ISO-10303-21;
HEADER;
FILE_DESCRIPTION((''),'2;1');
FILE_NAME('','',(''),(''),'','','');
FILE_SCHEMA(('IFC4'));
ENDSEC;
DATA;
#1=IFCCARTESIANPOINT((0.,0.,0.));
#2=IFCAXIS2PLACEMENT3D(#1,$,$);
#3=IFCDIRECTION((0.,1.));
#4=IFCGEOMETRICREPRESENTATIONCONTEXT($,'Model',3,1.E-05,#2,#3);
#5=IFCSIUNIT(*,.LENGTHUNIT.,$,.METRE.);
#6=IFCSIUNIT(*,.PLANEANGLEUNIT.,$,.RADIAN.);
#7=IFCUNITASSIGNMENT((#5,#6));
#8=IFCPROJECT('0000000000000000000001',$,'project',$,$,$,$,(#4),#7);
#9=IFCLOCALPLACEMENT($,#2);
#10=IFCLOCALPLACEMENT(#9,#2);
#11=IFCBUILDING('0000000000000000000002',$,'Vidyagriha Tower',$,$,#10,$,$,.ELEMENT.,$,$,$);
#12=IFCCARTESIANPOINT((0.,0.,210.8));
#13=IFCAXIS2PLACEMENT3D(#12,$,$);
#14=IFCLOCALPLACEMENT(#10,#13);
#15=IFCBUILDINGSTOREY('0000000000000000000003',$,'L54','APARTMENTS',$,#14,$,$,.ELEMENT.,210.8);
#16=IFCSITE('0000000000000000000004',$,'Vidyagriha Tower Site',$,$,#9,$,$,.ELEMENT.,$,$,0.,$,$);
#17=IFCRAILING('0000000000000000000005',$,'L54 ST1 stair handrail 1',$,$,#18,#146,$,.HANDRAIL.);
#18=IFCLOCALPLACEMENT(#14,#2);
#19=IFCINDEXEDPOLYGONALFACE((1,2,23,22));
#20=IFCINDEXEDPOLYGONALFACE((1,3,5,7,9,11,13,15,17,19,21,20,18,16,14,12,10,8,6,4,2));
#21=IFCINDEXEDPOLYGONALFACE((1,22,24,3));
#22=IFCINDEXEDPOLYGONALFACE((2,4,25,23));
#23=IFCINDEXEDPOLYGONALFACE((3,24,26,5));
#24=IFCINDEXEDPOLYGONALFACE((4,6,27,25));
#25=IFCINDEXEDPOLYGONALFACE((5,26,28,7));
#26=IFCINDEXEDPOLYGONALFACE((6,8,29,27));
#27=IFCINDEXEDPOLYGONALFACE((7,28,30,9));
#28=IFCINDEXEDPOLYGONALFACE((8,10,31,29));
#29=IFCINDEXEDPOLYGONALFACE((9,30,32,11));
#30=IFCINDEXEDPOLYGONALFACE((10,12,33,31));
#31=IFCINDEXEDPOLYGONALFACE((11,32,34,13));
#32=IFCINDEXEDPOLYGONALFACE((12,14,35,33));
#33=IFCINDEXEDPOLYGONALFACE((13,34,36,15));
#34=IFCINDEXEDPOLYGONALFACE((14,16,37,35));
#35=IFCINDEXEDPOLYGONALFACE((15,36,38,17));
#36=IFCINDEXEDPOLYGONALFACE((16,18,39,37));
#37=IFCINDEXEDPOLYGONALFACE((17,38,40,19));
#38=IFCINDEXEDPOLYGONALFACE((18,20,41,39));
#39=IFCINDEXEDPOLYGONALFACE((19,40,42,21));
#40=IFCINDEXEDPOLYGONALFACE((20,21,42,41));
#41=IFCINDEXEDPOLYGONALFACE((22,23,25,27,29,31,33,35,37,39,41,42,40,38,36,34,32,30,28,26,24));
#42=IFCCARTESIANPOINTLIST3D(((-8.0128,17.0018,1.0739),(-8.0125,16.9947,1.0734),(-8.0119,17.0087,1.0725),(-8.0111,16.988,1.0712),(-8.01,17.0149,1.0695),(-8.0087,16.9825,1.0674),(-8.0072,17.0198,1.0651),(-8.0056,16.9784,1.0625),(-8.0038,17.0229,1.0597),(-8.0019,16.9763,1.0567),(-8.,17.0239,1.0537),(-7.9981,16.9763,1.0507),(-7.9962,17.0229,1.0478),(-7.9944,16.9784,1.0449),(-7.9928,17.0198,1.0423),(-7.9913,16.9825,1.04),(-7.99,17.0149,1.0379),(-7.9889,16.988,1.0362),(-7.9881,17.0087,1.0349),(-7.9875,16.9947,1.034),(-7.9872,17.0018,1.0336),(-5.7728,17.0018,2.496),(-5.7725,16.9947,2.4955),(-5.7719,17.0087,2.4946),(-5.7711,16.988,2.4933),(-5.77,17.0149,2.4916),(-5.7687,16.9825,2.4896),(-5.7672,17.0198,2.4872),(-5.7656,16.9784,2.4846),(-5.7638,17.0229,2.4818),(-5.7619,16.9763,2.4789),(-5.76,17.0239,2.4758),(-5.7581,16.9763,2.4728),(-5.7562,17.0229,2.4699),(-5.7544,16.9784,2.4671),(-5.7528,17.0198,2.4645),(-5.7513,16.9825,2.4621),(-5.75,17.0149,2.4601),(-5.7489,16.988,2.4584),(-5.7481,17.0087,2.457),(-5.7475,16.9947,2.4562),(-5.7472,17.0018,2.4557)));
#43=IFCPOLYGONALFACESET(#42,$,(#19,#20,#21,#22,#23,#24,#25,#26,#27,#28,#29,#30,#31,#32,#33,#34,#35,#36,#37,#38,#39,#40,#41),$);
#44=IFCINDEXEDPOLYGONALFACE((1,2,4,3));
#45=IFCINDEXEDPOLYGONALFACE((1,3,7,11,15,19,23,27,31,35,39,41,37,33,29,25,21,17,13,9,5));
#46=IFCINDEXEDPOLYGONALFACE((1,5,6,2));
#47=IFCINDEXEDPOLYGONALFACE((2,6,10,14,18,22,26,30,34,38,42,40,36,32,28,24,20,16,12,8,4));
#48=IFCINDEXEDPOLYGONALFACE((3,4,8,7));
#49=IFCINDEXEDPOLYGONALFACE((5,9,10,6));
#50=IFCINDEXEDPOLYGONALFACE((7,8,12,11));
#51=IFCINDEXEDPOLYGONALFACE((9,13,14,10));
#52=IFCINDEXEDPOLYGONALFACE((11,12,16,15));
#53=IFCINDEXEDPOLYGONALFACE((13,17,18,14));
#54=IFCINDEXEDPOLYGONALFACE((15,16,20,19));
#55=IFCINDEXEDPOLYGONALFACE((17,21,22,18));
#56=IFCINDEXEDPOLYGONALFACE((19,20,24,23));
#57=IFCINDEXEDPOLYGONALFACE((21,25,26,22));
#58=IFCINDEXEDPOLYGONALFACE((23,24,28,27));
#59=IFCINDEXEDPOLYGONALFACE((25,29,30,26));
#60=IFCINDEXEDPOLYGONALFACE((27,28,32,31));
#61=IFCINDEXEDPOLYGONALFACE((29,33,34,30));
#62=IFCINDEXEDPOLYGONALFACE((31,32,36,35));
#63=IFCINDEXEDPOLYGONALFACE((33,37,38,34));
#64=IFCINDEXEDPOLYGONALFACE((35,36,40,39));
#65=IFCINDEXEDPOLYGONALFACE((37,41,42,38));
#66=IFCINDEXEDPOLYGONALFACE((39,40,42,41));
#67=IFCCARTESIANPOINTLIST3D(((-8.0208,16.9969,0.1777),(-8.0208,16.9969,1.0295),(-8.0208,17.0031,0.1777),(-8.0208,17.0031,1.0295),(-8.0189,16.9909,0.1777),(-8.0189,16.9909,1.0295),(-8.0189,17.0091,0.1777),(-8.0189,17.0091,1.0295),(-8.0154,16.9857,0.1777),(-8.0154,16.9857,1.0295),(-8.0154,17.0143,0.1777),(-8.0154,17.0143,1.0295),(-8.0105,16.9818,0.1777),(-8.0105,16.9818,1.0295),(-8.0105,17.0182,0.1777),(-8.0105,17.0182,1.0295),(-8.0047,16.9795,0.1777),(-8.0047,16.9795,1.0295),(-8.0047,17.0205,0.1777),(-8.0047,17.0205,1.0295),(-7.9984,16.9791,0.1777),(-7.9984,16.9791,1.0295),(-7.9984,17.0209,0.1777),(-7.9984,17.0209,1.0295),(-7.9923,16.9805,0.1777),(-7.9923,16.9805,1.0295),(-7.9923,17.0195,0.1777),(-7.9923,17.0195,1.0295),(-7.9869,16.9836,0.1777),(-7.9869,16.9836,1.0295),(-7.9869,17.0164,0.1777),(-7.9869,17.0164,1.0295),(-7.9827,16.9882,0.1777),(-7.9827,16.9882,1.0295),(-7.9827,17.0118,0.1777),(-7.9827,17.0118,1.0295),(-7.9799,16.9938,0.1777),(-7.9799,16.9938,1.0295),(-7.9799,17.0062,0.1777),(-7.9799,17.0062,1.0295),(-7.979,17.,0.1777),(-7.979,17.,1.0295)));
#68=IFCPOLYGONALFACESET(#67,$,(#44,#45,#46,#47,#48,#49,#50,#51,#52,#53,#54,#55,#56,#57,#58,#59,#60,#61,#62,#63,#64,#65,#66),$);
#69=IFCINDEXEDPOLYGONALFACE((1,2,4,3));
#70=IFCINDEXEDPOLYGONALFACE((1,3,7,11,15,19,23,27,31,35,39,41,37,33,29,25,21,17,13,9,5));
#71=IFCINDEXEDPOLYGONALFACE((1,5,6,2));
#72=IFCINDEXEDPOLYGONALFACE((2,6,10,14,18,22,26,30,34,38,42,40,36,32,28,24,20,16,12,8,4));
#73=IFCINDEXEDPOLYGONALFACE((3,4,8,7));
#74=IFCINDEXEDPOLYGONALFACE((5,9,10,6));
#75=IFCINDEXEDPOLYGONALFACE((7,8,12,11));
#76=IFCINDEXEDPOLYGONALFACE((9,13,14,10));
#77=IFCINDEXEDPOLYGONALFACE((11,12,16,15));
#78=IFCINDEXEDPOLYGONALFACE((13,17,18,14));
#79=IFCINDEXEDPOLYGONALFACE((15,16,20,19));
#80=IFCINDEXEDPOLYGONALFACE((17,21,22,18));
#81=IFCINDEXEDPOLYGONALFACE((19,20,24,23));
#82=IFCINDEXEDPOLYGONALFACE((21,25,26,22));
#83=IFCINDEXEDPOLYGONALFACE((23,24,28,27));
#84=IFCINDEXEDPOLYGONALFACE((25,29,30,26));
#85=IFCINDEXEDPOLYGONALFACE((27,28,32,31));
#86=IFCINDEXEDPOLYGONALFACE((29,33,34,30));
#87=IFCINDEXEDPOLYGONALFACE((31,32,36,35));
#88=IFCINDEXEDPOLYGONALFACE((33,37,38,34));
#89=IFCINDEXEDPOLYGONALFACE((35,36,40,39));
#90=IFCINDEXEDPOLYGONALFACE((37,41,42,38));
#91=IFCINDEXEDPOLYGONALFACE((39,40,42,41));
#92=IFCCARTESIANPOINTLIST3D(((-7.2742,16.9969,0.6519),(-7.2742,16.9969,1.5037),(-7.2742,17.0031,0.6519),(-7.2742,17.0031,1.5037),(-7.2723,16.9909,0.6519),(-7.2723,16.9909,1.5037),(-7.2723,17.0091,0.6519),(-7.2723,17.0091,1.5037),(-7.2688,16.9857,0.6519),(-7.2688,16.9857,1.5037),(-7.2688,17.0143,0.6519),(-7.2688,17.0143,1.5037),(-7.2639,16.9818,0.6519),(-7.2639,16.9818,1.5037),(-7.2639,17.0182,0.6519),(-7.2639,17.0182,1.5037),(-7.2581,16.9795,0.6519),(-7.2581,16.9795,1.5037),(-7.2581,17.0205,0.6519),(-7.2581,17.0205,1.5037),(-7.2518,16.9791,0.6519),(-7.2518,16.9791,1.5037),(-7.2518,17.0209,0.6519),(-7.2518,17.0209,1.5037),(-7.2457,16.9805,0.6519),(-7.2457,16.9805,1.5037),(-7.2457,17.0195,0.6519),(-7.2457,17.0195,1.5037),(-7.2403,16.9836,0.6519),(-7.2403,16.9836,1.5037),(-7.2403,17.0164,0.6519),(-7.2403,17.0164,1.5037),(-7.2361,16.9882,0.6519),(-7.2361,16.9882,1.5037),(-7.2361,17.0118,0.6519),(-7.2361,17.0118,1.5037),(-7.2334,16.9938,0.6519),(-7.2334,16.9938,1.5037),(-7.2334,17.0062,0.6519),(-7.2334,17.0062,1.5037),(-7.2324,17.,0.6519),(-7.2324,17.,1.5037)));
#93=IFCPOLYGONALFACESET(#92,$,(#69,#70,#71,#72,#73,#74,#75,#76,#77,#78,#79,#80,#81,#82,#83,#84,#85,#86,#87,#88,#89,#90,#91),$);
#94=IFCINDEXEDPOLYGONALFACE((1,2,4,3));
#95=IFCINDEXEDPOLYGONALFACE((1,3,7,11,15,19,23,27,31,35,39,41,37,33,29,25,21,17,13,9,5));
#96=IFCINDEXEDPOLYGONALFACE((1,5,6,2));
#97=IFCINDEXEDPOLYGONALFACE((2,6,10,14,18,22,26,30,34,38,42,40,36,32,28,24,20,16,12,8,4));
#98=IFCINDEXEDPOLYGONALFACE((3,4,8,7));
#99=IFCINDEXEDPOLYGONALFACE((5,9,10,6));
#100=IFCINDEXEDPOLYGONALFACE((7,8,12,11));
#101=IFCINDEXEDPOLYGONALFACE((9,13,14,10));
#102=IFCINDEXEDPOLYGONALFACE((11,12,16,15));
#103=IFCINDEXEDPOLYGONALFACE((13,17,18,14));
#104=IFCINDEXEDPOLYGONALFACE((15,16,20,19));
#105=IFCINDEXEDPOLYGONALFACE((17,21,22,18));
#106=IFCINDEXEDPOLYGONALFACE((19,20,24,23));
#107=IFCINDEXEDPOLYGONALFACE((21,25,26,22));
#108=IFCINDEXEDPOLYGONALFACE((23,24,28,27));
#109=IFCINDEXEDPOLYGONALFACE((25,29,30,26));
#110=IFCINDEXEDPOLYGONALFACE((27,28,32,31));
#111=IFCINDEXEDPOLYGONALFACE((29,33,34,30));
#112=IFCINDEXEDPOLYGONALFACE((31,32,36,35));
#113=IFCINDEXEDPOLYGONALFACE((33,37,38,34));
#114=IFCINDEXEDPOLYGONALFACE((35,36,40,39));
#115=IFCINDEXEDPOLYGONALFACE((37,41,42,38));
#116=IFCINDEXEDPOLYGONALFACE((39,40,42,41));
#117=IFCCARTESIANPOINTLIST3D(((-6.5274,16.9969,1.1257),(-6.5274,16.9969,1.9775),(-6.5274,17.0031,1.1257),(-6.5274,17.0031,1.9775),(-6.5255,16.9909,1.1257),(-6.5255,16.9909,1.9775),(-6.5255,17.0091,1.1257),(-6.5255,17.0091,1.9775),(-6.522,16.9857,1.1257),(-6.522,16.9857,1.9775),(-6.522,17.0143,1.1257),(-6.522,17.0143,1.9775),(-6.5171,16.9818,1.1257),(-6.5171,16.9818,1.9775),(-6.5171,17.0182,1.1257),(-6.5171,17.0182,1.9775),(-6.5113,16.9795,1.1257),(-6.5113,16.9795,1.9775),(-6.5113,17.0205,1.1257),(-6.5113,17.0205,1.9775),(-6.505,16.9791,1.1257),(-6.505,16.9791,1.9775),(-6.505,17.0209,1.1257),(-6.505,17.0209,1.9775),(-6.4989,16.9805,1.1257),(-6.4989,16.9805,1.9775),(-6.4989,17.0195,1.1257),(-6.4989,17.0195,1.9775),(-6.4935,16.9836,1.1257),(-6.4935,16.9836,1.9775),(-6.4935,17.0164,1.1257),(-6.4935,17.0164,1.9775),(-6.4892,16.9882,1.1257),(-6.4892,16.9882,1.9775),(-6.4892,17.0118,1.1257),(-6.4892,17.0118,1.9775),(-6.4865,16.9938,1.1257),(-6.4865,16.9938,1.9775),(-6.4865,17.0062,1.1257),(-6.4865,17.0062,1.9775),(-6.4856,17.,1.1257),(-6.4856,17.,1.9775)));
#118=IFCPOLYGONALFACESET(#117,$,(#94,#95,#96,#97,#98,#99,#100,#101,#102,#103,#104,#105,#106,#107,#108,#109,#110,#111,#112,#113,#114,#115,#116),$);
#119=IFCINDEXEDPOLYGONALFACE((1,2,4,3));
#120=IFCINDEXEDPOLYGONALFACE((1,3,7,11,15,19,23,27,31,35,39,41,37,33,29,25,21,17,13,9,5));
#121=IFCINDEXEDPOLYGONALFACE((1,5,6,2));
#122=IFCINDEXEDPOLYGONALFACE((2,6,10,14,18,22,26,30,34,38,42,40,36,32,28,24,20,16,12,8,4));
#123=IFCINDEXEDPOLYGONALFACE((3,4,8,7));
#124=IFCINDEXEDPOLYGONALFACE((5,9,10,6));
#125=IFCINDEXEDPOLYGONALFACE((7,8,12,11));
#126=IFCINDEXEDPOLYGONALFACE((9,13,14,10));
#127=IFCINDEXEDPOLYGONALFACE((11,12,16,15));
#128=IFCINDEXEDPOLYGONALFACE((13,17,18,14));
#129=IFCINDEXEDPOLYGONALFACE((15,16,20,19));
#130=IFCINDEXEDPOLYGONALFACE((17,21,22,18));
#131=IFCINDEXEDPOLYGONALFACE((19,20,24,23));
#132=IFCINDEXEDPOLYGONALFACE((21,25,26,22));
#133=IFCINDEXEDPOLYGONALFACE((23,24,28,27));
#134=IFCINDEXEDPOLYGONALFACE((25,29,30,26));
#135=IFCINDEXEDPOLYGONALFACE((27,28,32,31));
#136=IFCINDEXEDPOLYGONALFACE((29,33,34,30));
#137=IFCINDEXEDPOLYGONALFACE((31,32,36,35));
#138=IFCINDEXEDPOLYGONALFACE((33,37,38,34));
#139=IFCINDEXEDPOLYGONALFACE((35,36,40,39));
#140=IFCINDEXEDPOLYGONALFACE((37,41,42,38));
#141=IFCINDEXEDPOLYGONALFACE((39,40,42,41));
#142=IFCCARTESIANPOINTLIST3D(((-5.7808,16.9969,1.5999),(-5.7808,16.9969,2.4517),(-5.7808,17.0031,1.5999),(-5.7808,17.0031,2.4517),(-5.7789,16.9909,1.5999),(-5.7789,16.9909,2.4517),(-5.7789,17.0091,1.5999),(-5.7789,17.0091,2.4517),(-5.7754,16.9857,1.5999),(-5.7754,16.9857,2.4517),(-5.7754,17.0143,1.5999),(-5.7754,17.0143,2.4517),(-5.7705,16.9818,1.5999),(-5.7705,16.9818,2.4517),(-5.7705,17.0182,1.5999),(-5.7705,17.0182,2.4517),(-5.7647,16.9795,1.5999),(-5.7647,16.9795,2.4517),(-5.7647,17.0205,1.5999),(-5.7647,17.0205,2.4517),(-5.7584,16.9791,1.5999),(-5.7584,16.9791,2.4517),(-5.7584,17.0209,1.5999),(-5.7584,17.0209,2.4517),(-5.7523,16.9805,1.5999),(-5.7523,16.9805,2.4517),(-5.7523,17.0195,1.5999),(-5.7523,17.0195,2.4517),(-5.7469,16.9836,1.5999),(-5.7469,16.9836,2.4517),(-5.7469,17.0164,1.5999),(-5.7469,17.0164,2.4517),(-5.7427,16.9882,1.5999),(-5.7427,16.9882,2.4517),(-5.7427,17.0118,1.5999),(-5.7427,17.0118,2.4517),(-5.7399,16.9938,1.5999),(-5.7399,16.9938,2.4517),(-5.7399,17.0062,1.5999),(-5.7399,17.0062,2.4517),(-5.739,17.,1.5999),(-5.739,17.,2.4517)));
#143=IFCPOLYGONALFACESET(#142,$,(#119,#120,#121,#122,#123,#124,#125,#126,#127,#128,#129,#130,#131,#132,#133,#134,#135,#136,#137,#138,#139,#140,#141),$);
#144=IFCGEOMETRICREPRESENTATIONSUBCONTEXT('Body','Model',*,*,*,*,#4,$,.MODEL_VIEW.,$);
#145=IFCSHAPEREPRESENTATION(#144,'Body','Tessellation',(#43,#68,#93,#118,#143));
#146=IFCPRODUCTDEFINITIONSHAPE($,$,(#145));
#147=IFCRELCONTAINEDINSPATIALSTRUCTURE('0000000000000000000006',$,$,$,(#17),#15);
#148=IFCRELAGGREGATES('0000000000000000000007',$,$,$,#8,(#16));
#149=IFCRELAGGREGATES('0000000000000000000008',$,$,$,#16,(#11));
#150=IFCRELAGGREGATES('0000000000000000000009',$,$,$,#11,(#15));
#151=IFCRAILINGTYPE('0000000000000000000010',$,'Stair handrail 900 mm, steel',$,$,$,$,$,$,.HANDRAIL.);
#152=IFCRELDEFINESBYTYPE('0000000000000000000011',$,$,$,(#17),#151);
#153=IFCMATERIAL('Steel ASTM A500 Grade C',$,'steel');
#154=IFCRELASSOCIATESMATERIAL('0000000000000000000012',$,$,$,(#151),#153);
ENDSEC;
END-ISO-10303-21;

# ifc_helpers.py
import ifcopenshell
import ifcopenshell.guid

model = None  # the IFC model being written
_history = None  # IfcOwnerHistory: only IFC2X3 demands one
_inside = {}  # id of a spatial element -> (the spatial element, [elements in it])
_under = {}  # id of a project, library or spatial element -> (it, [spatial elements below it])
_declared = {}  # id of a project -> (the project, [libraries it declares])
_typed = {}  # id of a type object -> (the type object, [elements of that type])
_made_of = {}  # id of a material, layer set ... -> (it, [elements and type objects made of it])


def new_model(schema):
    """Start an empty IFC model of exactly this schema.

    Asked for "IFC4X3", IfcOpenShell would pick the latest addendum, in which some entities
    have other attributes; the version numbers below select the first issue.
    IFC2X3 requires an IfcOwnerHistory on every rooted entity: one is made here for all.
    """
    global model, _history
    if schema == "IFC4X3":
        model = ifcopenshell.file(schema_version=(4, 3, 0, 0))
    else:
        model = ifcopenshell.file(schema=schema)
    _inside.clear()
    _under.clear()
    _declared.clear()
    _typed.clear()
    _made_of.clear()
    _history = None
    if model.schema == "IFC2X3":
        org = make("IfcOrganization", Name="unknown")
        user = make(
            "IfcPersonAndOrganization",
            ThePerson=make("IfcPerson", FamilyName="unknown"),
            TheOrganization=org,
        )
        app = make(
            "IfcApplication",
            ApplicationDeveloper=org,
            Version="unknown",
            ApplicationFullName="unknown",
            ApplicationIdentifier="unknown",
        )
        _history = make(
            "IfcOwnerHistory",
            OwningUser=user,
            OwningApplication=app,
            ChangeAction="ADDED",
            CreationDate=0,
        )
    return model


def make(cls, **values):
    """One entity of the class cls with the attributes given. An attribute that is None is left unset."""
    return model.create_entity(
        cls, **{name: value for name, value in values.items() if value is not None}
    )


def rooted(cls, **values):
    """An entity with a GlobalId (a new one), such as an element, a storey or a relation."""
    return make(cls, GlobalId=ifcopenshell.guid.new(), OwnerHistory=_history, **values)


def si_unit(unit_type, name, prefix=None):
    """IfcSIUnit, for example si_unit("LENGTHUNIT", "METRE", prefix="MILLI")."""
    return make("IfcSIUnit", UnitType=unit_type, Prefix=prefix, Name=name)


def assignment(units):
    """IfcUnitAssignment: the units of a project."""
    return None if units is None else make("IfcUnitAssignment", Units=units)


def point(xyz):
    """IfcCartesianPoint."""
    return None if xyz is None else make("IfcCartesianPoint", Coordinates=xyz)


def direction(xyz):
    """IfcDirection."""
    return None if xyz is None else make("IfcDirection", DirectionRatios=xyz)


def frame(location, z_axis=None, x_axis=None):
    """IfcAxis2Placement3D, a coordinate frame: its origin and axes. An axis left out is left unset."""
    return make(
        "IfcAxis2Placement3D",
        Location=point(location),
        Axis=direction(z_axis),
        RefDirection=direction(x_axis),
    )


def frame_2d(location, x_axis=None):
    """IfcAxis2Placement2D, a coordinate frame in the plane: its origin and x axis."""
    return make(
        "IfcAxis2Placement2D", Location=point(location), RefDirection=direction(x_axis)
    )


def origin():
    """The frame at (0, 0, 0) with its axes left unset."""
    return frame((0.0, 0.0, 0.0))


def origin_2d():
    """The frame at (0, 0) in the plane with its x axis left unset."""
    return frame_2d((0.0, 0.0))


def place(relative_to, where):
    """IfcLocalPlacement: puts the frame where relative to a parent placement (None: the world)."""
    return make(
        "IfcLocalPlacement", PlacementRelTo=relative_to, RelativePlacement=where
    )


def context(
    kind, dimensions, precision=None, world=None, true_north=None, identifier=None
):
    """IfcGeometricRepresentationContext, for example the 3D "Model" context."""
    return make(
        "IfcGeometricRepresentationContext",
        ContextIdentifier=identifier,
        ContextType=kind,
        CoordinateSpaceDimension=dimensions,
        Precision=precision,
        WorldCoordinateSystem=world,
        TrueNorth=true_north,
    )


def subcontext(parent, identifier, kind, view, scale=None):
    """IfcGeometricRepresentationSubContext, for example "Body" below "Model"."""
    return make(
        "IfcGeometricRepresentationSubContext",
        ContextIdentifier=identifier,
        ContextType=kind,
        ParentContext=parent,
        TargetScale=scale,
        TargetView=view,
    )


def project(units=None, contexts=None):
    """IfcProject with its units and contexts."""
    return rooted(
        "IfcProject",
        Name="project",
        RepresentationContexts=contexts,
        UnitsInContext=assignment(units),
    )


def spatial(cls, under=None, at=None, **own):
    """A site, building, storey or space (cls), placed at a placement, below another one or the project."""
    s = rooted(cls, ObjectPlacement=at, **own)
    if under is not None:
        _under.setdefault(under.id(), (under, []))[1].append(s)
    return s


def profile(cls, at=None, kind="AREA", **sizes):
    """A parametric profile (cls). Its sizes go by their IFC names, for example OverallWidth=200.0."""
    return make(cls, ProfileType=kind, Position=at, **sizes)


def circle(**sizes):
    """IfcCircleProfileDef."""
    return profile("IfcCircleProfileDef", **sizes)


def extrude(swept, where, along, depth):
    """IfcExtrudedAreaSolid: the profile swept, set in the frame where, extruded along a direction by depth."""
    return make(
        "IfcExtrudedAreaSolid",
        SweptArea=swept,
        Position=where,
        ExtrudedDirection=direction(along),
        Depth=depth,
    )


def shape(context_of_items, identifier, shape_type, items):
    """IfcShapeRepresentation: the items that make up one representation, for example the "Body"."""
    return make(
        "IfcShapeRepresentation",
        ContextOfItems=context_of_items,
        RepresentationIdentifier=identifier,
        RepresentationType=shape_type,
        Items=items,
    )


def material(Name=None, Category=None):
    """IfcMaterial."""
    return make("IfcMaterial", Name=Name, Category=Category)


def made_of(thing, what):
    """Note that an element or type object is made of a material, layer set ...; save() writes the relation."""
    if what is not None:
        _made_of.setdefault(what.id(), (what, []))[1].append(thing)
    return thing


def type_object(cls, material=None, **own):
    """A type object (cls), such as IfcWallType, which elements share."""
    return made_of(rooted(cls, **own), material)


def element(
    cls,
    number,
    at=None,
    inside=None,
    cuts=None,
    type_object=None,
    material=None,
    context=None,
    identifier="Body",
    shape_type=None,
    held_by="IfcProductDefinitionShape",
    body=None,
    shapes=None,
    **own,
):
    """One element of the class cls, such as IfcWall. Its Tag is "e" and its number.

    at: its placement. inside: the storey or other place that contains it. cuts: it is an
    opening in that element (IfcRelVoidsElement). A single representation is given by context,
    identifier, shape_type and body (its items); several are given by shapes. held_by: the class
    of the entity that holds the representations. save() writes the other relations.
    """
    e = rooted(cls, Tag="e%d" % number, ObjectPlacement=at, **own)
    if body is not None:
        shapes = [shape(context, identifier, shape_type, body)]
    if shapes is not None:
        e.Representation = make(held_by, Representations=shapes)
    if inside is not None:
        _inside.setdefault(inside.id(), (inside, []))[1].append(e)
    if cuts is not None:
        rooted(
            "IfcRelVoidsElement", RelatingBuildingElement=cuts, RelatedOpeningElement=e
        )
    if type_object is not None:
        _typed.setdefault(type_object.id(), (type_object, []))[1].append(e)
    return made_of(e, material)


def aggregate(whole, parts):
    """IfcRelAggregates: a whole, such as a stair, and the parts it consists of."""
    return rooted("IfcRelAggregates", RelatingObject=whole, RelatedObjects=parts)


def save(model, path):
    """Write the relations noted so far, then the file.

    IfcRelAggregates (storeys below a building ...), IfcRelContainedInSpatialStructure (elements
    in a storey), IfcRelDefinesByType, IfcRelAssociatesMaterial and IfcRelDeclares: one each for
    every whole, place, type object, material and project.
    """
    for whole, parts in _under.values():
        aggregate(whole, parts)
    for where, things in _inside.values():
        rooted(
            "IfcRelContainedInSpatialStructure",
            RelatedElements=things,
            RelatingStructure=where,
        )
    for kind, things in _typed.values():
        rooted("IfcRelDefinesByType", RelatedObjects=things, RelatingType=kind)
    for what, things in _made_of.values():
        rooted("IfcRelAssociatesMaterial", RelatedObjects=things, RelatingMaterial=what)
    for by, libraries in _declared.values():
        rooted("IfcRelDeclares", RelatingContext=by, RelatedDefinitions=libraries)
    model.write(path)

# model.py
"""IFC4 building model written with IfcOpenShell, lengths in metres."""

from ifc_helpers import new_model, si_unit, direction, frame, origin, origin_2d, place, context, subcontext, project, spatial, circle, extrude, material, type_object, element, save


model = new_model("IFC4")

# Units and contexts
model_context = context("Model", 3, precision=1e-05, world=origin(), true_north=direction((0.0, 1.0)))
body_context = subcontext(model_context, "Body", "Model", "MODEL_VIEW")
ifc_project = project(units=[si_unit("LENGTHUNIT", "METRE"), si_unit("PLANEANGLEUNIT", "RADIAN")], contexts=[model_context])

# Site, building, storey
site_placement = place(None, origin())
site = spatial("IfcSite", under=ifc_project, at=site_placement, Name="Vidyagriha Tower Site", CompositionType="ELEMENT", RefElevation=0.0)
building_placement = place(site_placement, origin())
building = spatial("IfcBuilding", under=site, at=building_placement, Name="Vidyagriha Tower", CompositionType="ELEMENT")
storey_placement = place(building_placement, frame((0.0, 0.0, 210.8)))
storey = spatial("IfcBuildingStorey", under=building, at=storey_placement, Name="L54", Description="APARTMENTS", CompositionType="ELEMENT", Elevation=210.8)

# Railing
ifc_material_1 = material(Name="Steel ASTM A500 Grade C", Category="steel")
railing_type_1 = type_object("IfcRailingType", Name="Stair handrail 900 mm, steel", PredefinedType="HANDRAIL", material=ifc_material_1)
railing_1_placement = place(storey_placement, frame((-8.0, 17.0, 0.1777)))
element("IfcRailing", 1, at=railing_1_placement, inside=storey, type_object=railing_type_1, Name="L54 ST1 stair handrail 1", PredefinedType="HANDRAIL", context=body_context, shape_type="SweptSolid", body=[
    extrude(circle(Radius=0.0239, at=origin_2d()), frame((0.0, 0.0, 0.876), z_axis=(0.844229, 0.0, 0.535982), x_axis=(0.0, 1.0, 0.0)), (0.0, 0.0, 1.0), 2.6533),
    extrude(circle(Radius=0.021, at=origin_2d()), origin(), (0.0, 0.0, 1.0), 0.8518),
    extrude(circle(Radius=0.021, at=origin_2d()), frame((0.7466, 0.0, 0.4741)), (0.0, 0.0, 1.0), 0.8518),
    extrude(circle(Radius=0.021, at=origin_2d()), frame((1.4934, 0.0, 0.948)), (0.0, 0.0, 1.0), 0.8518),
    extrude(circle(Radius=0.021, at=origin_2d()), frame((2.24, 0.0, 1.4221)), (0.0, 0.0, 1.0), 0.8518),
])

save(model, "model.ifc")
